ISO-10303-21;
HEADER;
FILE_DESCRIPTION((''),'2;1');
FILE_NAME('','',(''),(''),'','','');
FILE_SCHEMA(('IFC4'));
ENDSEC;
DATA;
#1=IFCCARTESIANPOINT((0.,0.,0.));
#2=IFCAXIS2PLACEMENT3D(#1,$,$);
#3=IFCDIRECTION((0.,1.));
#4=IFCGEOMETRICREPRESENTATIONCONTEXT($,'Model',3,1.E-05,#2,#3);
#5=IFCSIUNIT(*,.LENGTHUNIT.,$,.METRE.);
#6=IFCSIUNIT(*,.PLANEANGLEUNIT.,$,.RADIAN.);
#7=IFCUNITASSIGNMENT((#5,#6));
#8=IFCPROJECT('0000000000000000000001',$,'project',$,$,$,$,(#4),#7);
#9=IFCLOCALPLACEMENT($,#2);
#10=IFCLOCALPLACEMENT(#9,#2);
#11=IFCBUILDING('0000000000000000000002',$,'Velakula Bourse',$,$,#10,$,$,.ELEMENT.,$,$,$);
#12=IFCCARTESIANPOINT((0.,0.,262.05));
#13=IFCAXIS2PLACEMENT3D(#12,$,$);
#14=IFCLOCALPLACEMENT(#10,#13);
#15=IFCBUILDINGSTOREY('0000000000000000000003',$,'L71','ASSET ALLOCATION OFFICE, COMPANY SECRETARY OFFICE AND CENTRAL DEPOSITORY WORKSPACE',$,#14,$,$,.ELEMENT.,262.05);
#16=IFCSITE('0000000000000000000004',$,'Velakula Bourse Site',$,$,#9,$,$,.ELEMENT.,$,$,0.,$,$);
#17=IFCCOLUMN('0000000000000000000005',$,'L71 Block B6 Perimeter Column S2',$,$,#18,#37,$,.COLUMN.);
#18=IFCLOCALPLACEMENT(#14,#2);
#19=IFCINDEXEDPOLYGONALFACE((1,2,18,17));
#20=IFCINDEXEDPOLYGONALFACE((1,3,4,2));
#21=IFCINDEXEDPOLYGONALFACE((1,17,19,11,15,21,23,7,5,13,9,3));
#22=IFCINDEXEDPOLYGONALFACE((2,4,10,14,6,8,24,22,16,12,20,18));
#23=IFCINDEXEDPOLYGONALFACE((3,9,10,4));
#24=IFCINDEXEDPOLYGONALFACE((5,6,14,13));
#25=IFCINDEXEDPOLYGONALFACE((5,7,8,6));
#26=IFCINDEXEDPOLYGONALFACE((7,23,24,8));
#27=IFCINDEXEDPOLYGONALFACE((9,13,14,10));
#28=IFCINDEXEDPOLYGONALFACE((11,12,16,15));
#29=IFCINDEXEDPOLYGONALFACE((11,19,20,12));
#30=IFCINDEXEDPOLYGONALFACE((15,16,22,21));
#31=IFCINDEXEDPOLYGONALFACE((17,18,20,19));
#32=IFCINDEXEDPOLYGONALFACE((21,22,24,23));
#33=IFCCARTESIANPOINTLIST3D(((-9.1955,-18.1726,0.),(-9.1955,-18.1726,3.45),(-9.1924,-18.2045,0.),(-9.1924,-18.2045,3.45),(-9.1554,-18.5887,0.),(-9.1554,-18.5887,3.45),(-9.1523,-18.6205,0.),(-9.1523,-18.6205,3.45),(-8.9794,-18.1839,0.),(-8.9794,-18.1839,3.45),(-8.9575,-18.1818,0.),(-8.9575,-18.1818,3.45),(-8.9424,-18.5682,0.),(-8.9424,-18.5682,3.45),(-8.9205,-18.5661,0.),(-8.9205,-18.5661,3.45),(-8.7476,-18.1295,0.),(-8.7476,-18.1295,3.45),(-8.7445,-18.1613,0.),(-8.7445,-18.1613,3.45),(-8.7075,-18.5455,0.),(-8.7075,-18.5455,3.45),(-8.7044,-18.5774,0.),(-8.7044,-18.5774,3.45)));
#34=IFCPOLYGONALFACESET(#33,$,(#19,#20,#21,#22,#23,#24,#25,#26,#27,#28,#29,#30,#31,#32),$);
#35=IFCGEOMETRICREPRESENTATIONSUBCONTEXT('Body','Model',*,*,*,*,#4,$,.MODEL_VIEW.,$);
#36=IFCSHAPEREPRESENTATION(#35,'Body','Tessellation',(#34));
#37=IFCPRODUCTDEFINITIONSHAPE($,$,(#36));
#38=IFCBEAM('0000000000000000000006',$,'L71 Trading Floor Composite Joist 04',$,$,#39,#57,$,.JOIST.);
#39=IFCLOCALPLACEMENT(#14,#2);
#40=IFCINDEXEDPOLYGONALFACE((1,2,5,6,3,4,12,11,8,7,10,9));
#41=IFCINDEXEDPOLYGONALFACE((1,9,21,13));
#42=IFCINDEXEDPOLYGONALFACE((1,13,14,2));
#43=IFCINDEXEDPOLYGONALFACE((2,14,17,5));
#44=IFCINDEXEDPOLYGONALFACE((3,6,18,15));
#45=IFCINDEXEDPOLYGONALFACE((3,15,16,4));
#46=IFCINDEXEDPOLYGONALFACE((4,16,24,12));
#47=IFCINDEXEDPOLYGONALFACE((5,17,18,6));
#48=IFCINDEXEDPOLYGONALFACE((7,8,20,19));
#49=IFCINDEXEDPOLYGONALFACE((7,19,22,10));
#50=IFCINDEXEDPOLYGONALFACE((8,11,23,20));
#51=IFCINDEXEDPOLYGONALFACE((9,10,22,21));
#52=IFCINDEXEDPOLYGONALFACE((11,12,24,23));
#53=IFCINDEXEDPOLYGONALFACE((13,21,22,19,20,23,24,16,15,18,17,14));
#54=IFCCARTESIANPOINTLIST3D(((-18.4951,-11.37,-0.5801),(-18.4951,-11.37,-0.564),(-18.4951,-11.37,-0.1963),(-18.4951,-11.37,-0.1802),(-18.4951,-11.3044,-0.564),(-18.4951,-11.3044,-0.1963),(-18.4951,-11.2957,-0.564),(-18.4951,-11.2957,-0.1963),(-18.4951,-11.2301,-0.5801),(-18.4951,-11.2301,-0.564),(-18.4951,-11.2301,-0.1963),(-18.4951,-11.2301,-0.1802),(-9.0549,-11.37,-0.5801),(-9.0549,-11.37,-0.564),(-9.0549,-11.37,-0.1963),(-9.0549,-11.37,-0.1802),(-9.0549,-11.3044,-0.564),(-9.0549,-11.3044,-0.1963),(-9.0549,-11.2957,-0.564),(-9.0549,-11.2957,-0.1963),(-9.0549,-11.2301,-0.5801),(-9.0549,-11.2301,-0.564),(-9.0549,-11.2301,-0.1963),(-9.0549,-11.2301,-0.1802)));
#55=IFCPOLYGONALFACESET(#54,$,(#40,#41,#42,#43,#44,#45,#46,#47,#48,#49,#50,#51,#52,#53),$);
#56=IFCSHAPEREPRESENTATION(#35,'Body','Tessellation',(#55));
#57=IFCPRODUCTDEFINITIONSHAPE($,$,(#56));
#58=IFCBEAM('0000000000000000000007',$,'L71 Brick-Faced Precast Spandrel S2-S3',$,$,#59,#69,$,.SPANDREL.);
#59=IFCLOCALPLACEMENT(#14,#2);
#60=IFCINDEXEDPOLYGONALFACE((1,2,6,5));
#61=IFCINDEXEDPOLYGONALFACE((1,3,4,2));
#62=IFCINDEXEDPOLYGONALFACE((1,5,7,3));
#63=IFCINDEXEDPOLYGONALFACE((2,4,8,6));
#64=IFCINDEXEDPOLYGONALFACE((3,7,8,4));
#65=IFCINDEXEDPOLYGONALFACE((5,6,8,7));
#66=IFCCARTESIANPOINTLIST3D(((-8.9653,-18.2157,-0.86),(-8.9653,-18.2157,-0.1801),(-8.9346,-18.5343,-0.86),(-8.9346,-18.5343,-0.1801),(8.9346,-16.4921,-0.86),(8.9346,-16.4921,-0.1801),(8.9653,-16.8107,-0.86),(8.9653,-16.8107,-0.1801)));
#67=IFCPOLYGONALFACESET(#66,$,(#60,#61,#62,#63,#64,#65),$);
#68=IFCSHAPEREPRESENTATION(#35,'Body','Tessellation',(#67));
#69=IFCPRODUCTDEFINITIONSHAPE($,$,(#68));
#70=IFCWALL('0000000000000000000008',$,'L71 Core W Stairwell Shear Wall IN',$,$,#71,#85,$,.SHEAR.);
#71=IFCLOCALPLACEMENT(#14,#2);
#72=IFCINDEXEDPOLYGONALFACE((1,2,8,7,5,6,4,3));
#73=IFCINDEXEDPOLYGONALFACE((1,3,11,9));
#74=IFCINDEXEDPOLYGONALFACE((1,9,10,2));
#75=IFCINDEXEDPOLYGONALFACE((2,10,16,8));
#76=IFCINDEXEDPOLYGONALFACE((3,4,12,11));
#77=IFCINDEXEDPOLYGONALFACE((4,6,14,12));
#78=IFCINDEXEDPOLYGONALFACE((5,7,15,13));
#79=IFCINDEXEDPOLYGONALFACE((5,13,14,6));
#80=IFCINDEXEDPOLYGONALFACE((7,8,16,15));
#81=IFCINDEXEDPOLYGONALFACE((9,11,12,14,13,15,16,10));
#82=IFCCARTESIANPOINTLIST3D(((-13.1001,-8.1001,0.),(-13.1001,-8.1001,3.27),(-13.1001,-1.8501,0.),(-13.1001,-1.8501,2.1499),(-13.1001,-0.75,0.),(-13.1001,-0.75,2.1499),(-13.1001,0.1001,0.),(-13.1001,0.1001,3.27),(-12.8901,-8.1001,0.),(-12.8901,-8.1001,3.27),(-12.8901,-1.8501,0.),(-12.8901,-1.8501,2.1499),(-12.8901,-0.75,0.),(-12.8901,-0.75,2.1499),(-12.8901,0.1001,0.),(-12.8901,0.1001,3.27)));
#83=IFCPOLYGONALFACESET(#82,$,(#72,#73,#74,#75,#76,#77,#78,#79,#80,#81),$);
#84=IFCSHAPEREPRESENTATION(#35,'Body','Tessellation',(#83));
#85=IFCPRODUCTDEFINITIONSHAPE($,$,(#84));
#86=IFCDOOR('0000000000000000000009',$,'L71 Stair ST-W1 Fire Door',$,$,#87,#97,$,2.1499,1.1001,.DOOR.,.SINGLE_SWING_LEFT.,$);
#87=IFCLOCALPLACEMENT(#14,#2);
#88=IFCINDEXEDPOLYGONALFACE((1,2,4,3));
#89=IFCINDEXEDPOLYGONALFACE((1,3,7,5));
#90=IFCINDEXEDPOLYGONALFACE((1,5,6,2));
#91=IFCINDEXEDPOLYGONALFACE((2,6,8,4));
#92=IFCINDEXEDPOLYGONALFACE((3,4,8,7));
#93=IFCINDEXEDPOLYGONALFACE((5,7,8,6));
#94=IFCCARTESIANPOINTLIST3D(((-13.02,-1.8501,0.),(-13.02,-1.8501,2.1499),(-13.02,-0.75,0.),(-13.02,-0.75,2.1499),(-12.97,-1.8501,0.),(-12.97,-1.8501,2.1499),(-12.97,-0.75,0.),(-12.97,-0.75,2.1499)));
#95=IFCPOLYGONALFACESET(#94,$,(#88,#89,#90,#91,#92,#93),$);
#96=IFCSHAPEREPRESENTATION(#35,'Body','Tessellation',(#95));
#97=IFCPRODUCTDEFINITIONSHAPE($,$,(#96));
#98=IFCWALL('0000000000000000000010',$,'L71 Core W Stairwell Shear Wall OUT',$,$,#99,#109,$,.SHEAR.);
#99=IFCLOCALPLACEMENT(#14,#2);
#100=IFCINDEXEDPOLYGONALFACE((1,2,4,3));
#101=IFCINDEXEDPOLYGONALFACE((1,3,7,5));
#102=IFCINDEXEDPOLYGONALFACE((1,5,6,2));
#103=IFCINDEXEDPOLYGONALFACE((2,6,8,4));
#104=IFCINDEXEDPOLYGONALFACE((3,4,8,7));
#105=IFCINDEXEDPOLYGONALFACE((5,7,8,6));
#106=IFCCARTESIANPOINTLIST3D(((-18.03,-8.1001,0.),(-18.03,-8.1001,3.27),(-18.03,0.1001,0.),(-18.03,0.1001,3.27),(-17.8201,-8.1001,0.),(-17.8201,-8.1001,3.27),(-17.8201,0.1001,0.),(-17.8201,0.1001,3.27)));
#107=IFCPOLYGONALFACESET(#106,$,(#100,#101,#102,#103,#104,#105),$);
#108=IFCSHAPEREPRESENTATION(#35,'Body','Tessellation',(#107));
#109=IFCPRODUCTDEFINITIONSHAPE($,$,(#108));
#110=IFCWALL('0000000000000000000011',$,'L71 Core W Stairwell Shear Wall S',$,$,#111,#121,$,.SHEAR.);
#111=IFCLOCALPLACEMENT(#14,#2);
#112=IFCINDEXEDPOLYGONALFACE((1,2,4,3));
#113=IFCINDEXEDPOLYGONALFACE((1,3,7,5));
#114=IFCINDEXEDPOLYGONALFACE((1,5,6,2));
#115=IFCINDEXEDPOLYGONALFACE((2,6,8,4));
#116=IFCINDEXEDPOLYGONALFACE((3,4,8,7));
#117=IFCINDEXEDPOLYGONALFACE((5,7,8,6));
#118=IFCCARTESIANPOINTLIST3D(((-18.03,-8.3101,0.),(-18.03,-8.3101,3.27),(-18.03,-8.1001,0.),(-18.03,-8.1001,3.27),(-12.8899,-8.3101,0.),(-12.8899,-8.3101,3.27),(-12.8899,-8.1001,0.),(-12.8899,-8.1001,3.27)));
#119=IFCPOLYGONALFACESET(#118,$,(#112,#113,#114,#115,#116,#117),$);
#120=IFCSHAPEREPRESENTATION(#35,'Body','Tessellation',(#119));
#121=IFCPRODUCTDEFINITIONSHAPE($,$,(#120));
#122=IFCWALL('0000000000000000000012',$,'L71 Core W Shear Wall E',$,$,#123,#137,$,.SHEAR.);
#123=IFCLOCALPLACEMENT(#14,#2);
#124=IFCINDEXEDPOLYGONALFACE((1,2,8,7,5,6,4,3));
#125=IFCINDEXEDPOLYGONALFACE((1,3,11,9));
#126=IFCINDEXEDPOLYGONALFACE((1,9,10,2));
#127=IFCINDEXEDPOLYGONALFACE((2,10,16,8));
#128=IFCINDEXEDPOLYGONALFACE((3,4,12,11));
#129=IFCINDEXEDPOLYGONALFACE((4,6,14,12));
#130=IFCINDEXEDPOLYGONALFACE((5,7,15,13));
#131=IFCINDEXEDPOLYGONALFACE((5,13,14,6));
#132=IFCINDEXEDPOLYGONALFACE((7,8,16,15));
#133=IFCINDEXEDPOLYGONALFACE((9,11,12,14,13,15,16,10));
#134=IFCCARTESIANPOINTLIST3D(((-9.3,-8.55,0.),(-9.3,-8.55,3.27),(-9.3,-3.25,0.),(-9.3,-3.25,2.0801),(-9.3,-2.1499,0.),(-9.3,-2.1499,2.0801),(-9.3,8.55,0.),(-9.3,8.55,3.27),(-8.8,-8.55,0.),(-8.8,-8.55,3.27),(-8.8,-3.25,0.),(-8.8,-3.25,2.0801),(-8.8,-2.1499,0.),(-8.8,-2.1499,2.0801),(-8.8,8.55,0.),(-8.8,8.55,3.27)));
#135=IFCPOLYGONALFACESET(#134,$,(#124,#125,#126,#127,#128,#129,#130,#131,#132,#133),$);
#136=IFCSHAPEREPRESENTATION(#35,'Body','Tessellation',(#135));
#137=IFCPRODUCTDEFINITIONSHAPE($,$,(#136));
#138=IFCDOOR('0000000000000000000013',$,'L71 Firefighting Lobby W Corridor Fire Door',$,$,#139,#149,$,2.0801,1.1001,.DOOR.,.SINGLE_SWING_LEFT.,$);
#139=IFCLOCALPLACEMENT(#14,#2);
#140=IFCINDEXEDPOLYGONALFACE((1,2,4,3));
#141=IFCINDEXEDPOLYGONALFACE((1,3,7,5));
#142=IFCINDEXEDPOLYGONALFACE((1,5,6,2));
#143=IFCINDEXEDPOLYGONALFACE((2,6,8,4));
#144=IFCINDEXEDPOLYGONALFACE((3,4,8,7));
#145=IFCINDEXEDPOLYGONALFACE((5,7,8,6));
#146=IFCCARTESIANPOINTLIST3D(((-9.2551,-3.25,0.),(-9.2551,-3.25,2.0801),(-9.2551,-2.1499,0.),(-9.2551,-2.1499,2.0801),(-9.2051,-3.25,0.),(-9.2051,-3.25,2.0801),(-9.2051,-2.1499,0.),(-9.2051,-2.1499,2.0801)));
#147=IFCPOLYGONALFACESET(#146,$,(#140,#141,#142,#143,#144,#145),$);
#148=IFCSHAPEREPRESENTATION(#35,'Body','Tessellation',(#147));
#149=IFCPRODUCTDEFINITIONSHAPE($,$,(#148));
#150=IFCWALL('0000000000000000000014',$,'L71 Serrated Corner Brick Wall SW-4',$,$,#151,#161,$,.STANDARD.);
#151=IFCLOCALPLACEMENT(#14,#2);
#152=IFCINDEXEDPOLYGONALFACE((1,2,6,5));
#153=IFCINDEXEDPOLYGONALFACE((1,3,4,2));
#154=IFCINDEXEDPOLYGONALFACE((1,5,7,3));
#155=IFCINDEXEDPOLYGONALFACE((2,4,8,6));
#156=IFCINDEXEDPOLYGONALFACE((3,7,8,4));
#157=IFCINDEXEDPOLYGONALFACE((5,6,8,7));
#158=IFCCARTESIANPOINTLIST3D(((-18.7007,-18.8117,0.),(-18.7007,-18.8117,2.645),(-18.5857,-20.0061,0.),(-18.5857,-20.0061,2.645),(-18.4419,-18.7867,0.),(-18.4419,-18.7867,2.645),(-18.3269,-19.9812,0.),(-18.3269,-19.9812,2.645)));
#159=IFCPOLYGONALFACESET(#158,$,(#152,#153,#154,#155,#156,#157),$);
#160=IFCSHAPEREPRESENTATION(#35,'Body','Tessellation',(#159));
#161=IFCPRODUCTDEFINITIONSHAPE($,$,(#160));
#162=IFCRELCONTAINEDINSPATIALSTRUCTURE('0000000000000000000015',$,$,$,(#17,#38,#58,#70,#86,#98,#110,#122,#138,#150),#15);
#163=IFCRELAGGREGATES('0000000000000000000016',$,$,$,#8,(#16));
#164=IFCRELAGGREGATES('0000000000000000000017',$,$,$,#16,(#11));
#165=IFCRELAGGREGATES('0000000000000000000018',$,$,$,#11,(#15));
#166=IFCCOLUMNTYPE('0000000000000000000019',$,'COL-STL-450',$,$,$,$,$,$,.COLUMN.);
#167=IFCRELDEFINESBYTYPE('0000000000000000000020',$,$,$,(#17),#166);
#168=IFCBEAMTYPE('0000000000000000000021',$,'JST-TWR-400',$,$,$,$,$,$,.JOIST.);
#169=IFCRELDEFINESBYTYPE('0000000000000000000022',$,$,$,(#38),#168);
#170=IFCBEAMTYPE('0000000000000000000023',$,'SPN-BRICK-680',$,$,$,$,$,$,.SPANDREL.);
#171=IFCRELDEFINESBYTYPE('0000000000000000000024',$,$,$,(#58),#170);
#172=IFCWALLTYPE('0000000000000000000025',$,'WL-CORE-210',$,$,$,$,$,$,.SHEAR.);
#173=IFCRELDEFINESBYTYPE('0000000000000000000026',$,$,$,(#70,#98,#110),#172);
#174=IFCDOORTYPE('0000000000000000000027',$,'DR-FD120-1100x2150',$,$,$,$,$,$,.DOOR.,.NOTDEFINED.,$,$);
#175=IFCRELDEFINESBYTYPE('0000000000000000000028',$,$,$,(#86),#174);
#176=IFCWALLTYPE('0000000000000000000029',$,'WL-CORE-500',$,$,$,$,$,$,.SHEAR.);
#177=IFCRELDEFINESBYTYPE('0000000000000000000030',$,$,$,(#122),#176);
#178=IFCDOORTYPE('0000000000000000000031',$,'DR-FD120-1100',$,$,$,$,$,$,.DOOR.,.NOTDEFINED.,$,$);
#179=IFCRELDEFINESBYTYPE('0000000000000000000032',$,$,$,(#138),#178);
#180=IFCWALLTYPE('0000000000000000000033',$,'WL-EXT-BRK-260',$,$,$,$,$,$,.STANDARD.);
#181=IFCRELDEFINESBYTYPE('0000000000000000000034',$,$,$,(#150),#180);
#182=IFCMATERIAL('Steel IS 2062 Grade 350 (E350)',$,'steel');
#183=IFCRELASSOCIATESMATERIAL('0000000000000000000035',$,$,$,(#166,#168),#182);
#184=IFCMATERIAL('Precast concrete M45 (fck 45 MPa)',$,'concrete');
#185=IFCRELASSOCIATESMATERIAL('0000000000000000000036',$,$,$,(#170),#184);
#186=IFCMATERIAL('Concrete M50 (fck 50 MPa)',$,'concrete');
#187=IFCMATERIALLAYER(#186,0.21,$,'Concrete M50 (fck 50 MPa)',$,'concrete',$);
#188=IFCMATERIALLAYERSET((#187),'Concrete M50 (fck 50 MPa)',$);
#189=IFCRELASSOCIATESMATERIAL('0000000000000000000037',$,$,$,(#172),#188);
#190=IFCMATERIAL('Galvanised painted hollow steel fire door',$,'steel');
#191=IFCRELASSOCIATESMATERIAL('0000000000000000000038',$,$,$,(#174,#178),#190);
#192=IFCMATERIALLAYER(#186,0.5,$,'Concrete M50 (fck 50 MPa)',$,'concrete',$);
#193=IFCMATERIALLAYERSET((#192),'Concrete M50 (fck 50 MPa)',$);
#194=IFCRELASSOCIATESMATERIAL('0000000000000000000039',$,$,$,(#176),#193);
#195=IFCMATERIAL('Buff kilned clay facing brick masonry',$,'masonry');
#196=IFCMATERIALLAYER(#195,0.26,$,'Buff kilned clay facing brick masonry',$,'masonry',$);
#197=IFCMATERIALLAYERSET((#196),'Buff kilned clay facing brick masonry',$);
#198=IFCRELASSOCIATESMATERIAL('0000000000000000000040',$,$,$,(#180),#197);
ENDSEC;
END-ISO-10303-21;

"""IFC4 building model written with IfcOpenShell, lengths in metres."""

from ifc_helpers import new_model, si_unit, direction, frame, frame_2d, origin, origin_2d, place, context, subcontext, project, spatial, rectangle, i_section, extrude, material, layer, layer_set, material_profile, profile_set, type_object, element, fill, save


model = new_model("IFC4")

# Units and contexts
model_context = context("Model", 3, precision=1e-05, world=origin(), true_north=direction((0.0, 1.0)))
body_context = subcontext(model_context, "Body", "Model", "MODEL_VIEW")
ifc_project = project(units=[si_unit("LENGTHUNIT", "METRE"), si_unit("PLANEANGLEUNIT", "RADIAN")], contexts=[model_context])

# Site, building, storey
site_placement = place(None, origin())
site = spatial("IfcSite", under=ifc_project, at=site_placement, Name="Velakula Bourse Site", CompositionType="ELEMENT", RefElevation=0.0)
building_placement = place(site_placement, origin())
building = spatial("IfcBuilding", under=site, at=building_placement, Name="Velakula Bourse", CompositionType="ELEMENT")
storey_placement = place(building_placement, frame((0.0, 0.0, 262.05)))
storey = spatial("IfcBuildingStorey", under=building, at=storey_placement, Name="L71", Description="ASSET ALLOCATION OFFICE, COMPANY SECRETARY OFFICE AND CENTRAL DEPOSITORY WORKSPACE", CompositionType="ELEMENT", Elevation=262.05)

# Column
ifc_material_1 = material(Name="Steel IS 2062 Grade 350 (E350)", Category="steel")
ifc_material_profile_1 = material_profile(ifc_material_1, i_section(OverallWidth=0.45, OverallDepth=0.45, WebThickness=0.022, FlangeThickness=0.032, at=origin_2d()), Name="Steel IS 2062 Grade 350 (E350)")
ifc_profile_set_1 = profile_set([ifc_material_profile_1], Name="Steel IS 2062 Grade 350 (E350)")
column_type = type_object("IfcColumnType", Name="COL-STL-450", PredefinedType="COLUMN", material=ifc_profile_set_1)
column_placement = place(storey_placement, frame((-8.95, -18.375, 0.0), z_axis=(0.0, 0.0, 1.0), x_axis=(0.995396, 0.095846, 0.0)))
element("IfcColumn", 1, at=column_placement, inside=storey, type_object=column_type, Name="L71 Block B6 Perimeter Column S2", PredefinedType="COLUMN", context=body_context, shape_type="SweptSolid", body=[
    extrude(i_section(OverallWidth=0.45, OverallDepth=0.45, WebThickness=0.022, FlangeThickness=0.032, at=origin_2d()), origin(), (0.0, 0.0, 1.0), 3.45),
])

# Beams
ifc_material_profile_2 = material_profile(ifc_material_1, i_section(OverallWidth=0.1399, OverallDepth=0.3999, WebThickness=0.0088, FlangeThickness=0.0161, at=origin_2d()), Name="Steel IS 2062 Grade 350 (E350)")
ifc_profile_set_2 = profile_set([ifc_material_profile_2], Name="Steel IS 2062 Grade 350 (E350)")
beam_type_1 = type_object("IfcBeamType", Name="JST-TWR-400", PredefinedType="JOIST", material=ifc_profile_set_2)
beam_1_placement = place(storey_placement, frame((-18.4951, -11.3, -0.3801), z_axis=(1.0, 0.0, 0.0), x_axis=(0.0, 1.0, 0.0)))
element("IfcBeam", 2, at=beam_1_placement, inside=storey, type_object=beam_type_1, Name="L71 Trading Floor Composite Joist 04", PredefinedType="JOIST", context=body_context, shape_type="SweptSolid", body=[
    extrude(i_section(OverallWidth=0.1399, OverallDepth=0.3999, WebThickness=0.0088, FlangeThickness=0.0161, at=origin_2d()), origin(), (0.0, 0.0, 1.0), 9.4402),
])
ifc_material_2 = material(Name="Precast concrete M45 (fck 45 MPa)", Category="concrete")
ifc_material_profile_3 = material_profile(ifc_material_2, rectangle(XDim=0.3201, YDim=0.6799, at=origin_2d()), Name="Precast concrete M45 (fck 45 MPa)")
ifc_profile_set_3 = profile_set([ifc_material_profile_3], Name="Precast concrete M45 (fck 45 MPa)")
beam_type_2 = type_object("IfcBeamType", Name="SPN-BRICK-680", PredefinedType="SPANDREL", material=ifc_profile_set_3)
beam_2_placement = place(storey_placement, frame((-8.95, -18.375, -0.52), z_axis=(0.995396, 0.09585, 0.0), x_axis=(-0.09585, 0.995396, 0.0)))
element("IfcBeam", 3, at=beam_2_placement, inside=storey, type_object=beam_type_2, Name="L71 Brick-Faced Precast Spandrel S2-S3", PredefinedType="SPANDREL", context=body_context, shape_type="SweptSolid", body=[
    extrude(rectangle(XDim=0.3201, YDim=0.6799, at=origin_2d()), origin(), (0.0, 0.0, 1.0), 17.9827),
])

# Wall, opening, door
ifc_material_3 = material(Name="Concrete M50 (fck 50 MPa)", Category="concrete")
ifc_layer_1 = layer(ifc_material_3, 0.21, Name="Concrete M50 (fck 50 MPa)", Category="concrete")
ifc_layer_set_1 = layer_set([ifc_layer_1], Name="Concrete M50 (fck 50 MPa)")
wall_type_1 = type_object("IfcWallType", Name="WL-CORE-210", PredefinedType="SHEAR", material=ifc_layer_set_1)
wall_1_placement = place(storey_placement, frame((-12.9951, -8.1001, 0.0), z_axis=(0.0, 0.0, 1.0), x_axis=(0.0, 1.0, 0.0)))
wall_1 = element("IfcWall", 4, at=wall_1_placement, inside=storey, type_object=wall_type_1, Name="L71 Core W Stairwell Shear Wall IN", PredefinedType="SHEAR", context=body_context, shape_type="SweptSolid", body=[
    extrude(rectangle(XDim=8.2002, YDim=0.21, at=frame_2d((4.1001, 0.0))), origin(), (0.0, 0.0, 1.0), 3.27),
])
opening_1_placement = place(wall_1_placement, frame((6.25, 0.0, 0.0)))
opening_1 = element("IfcOpeningElement", 5, at=opening_1_placement, cuts=wall_1, PredefinedType="OPENING", context=body_context, shape_type="SweptSolid", body=[
    extrude(rectangle(XDim=1.1001, YDim=2.1499, at=frame_2d((0.55, 1.075))), frame((0.0, 0.115, 0.0), z_axis=(0.0, -1.0, 0.0), x_axis=(1.0, 0.0, 0.0)), (0.0, 0.0, 1.0), 0.23),
])
ifc_material_4 = material(Name="Galvanised painted hollow steel fire door", Category="steel")
door_type_1 = type_object("IfcDoorType", Name="DR-FD120-1100x2150", OperationType="NOTDEFINED", PredefinedType="DOOR", material=ifc_material_4)
door_1_placement = place(opening_1_placement, origin())
door_1 = element("IfcDoor", 6, at=door_1_placement, inside=storey, type_object=door_type_1, Name="L71 Stair ST-W1 Fire Door", OperationType="SINGLE_SWING_LEFT", OverallHeight=2.1499, OverallWidth=1.1001, PredefinedType="DOOR", context=body_context, shape_type="SweptSolid", body=[
    extrude(rectangle(XDim=1.1001, YDim=2.1499, at=frame_2d((0.55, 1.075))), frame((0.0, 0.0249, 0.0), z_axis=(0.0, -1.0, 0.0), x_axis=(1.0, 0.0, 0.0)), (0.0, 0.0, 1.0), 0.05),
])
fill(opening_1, door_1)

# Walls
wall_2_placement = place(storey_placement, frame((-17.925, -8.1001, 0.0), z_axis=(0.0, 0.0, 1.0), x_axis=(0.0, 1.0, 0.0)))
element("IfcWall", 7, at=wall_2_placement, inside=storey, type_object=wall_type_1, Name="L71 Core W Stairwell Shear Wall OUT", PredefinedType="SHEAR", context=body_context, shape_type="SweptSolid", body=[
    extrude(rectangle(XDim=8.2002, YDim=0.21, at=frame_2d((4.1001, 0.0))), origin(), (0.0, 0.0, 1.0), 3.27),
])
wall_3_placement = place(storey_placement, frame((-18.03, -8.2051, 0.0), z_axis=(0.0, 0.0, 1.0), x_axis=(1.0, 0.0, 0.0)))
element("IfcWall", 8, at=wall_3_placement, inside=storey, type_object=wall_type_1, Name="L71 Core W Stairwell Shear Wall S", PredefinedType="SHEAR", context=body_context, shape_type="SweptSolid", body=[
    extrude(rectangle(XDim=5.1401, YDim=0.21, at=frame_2d((2.5701, 0.0))), origin(), (0.0, 0.0, 1.0), 3.27),
])

# Wall, opening, door
ifc_layer_2 = layer(ifc_material_3, 0.5, Name="Concrete M50 (fck 50 MPa)", Category="concrete")
ifc_layer_set_2 = layer_set([ifc_layer_2], Name="Concrete M50 (fck 50 MPa)")
wall_type_2 = type_object("IfcWallType", Name="WL-CORE-500", PredefinedType="SHEAR", material=ifc_layer_set_2)
wall_4_placement = place(storey_placement, frame((-9.05, -8.55, 0.0), z_axis=(0.0, 0.0, 1.0), x_axis=(0.0, 1.0, 0.0)))
wall_4 = element("IfcWall", 9, at=wall_4_placement, inside=storey, type_object=wall_type_2, Name="L71 Core W Shear Wall E", PredefinedType="SHEAR", context=body_context, shape_type="SweptSolid", body=[
    extrude(rectangle(XDim=17.1001, YDim=0.5, at=frame_2d((8.55, 0.0))), origin(), (0.0, 0.0, 1.0), 3.27),
])
opening_2_placement = place(wall_4_placement, frame((5.3, 0.0, 0.0)))
opening_2 = element("IfcOpeningElement", 10, at=opening_2_placement, cuts=wall_4, PredefinedType="OPENING", context=body_context, shape_type="SweptSolid", body=[
    extrude(rectangle(XDim=1.1001, YDim=2.0801, at=frame_2d((0.55, 1.04))), frame((0.0, 0.26, 0.0), z_axis=(0.0, -1.0, 0.0), x_axis=(1.0, 0.0, 0.0)), (0.0, 0.0, 1.0), 0.52),
])
door_type_2 = type_object("IfcDoorType", Name="DR-FD120-1100", OperationType="NOTDEFINED", PredefinedType="DOOR", material=ifc_material_4)
door_2_placement = place(opening_2_placement, origin())
door_2 = element("IfcDoor", 11, at=door_2_placement, inside=storey, type_object=door_type_2, Name="L71 Firefighting Lobby W Corridor Fire Door", OperationType="SINGLE_SWING_LEFT", OverallHeight=2.0801, OverallWidth=1.1001, PredefinedType="DOOR", context=body_context, shape_type="SweptSolid", body=[
    extrude(rectangle(XDim=1.1001, YDim=2.0801, at=frame_2d((0.55, 1.04))), frame((0.0, 0.2051, 0.0), z_axis=(0.0, -1.0, 0.0), x_axis=(1.0, 0.0, 0.0)), (0.0, 0.0, 1.0), 0.05),
])
fill(opening_2, door_2)

# Wall
ifc_material_5 = material(Name="Buff kilned clay facing brick masonry", Category="masonry")
ifc_layer_3 = layer(ifc_material_5, 0.26, Name="Buff kilned clay facing brick masonry", Category="masonry")
ifc_layer_set_3 = layer_set([ifc_layer_3], Name="Buff kilned clay facing brick masonry")
wall_type_3 = type_object("IfcWallType", Name="WL-EXT-BRK-260", PredefinedType="STANDARD", material=ifc_layer_set_3)
wall_5_placement = place(storey_placement, frame((-18.5713, -18.7991, 0.0), z_axis=(0.0, 0.0, 1.0), x_axis=(0.095836, -0.995397, 0.0)))
element("IfcWall", 12, at=wall_5_placement, inside=storey, type_object=wall_type_3, Name="L71 Serrated Corner Brick Wall SW-4", PredefinedType="STANDARD", context=body_context, shape_type="SweptSolid", body=[
    extrude(rectangle(XDim=1.2, YDim=0.26, at=frame_2d((0.6001, 0.0))), origin(), (0.0, 0.0, 1.0), 2.645),
])

save(model, "model.ifc")
